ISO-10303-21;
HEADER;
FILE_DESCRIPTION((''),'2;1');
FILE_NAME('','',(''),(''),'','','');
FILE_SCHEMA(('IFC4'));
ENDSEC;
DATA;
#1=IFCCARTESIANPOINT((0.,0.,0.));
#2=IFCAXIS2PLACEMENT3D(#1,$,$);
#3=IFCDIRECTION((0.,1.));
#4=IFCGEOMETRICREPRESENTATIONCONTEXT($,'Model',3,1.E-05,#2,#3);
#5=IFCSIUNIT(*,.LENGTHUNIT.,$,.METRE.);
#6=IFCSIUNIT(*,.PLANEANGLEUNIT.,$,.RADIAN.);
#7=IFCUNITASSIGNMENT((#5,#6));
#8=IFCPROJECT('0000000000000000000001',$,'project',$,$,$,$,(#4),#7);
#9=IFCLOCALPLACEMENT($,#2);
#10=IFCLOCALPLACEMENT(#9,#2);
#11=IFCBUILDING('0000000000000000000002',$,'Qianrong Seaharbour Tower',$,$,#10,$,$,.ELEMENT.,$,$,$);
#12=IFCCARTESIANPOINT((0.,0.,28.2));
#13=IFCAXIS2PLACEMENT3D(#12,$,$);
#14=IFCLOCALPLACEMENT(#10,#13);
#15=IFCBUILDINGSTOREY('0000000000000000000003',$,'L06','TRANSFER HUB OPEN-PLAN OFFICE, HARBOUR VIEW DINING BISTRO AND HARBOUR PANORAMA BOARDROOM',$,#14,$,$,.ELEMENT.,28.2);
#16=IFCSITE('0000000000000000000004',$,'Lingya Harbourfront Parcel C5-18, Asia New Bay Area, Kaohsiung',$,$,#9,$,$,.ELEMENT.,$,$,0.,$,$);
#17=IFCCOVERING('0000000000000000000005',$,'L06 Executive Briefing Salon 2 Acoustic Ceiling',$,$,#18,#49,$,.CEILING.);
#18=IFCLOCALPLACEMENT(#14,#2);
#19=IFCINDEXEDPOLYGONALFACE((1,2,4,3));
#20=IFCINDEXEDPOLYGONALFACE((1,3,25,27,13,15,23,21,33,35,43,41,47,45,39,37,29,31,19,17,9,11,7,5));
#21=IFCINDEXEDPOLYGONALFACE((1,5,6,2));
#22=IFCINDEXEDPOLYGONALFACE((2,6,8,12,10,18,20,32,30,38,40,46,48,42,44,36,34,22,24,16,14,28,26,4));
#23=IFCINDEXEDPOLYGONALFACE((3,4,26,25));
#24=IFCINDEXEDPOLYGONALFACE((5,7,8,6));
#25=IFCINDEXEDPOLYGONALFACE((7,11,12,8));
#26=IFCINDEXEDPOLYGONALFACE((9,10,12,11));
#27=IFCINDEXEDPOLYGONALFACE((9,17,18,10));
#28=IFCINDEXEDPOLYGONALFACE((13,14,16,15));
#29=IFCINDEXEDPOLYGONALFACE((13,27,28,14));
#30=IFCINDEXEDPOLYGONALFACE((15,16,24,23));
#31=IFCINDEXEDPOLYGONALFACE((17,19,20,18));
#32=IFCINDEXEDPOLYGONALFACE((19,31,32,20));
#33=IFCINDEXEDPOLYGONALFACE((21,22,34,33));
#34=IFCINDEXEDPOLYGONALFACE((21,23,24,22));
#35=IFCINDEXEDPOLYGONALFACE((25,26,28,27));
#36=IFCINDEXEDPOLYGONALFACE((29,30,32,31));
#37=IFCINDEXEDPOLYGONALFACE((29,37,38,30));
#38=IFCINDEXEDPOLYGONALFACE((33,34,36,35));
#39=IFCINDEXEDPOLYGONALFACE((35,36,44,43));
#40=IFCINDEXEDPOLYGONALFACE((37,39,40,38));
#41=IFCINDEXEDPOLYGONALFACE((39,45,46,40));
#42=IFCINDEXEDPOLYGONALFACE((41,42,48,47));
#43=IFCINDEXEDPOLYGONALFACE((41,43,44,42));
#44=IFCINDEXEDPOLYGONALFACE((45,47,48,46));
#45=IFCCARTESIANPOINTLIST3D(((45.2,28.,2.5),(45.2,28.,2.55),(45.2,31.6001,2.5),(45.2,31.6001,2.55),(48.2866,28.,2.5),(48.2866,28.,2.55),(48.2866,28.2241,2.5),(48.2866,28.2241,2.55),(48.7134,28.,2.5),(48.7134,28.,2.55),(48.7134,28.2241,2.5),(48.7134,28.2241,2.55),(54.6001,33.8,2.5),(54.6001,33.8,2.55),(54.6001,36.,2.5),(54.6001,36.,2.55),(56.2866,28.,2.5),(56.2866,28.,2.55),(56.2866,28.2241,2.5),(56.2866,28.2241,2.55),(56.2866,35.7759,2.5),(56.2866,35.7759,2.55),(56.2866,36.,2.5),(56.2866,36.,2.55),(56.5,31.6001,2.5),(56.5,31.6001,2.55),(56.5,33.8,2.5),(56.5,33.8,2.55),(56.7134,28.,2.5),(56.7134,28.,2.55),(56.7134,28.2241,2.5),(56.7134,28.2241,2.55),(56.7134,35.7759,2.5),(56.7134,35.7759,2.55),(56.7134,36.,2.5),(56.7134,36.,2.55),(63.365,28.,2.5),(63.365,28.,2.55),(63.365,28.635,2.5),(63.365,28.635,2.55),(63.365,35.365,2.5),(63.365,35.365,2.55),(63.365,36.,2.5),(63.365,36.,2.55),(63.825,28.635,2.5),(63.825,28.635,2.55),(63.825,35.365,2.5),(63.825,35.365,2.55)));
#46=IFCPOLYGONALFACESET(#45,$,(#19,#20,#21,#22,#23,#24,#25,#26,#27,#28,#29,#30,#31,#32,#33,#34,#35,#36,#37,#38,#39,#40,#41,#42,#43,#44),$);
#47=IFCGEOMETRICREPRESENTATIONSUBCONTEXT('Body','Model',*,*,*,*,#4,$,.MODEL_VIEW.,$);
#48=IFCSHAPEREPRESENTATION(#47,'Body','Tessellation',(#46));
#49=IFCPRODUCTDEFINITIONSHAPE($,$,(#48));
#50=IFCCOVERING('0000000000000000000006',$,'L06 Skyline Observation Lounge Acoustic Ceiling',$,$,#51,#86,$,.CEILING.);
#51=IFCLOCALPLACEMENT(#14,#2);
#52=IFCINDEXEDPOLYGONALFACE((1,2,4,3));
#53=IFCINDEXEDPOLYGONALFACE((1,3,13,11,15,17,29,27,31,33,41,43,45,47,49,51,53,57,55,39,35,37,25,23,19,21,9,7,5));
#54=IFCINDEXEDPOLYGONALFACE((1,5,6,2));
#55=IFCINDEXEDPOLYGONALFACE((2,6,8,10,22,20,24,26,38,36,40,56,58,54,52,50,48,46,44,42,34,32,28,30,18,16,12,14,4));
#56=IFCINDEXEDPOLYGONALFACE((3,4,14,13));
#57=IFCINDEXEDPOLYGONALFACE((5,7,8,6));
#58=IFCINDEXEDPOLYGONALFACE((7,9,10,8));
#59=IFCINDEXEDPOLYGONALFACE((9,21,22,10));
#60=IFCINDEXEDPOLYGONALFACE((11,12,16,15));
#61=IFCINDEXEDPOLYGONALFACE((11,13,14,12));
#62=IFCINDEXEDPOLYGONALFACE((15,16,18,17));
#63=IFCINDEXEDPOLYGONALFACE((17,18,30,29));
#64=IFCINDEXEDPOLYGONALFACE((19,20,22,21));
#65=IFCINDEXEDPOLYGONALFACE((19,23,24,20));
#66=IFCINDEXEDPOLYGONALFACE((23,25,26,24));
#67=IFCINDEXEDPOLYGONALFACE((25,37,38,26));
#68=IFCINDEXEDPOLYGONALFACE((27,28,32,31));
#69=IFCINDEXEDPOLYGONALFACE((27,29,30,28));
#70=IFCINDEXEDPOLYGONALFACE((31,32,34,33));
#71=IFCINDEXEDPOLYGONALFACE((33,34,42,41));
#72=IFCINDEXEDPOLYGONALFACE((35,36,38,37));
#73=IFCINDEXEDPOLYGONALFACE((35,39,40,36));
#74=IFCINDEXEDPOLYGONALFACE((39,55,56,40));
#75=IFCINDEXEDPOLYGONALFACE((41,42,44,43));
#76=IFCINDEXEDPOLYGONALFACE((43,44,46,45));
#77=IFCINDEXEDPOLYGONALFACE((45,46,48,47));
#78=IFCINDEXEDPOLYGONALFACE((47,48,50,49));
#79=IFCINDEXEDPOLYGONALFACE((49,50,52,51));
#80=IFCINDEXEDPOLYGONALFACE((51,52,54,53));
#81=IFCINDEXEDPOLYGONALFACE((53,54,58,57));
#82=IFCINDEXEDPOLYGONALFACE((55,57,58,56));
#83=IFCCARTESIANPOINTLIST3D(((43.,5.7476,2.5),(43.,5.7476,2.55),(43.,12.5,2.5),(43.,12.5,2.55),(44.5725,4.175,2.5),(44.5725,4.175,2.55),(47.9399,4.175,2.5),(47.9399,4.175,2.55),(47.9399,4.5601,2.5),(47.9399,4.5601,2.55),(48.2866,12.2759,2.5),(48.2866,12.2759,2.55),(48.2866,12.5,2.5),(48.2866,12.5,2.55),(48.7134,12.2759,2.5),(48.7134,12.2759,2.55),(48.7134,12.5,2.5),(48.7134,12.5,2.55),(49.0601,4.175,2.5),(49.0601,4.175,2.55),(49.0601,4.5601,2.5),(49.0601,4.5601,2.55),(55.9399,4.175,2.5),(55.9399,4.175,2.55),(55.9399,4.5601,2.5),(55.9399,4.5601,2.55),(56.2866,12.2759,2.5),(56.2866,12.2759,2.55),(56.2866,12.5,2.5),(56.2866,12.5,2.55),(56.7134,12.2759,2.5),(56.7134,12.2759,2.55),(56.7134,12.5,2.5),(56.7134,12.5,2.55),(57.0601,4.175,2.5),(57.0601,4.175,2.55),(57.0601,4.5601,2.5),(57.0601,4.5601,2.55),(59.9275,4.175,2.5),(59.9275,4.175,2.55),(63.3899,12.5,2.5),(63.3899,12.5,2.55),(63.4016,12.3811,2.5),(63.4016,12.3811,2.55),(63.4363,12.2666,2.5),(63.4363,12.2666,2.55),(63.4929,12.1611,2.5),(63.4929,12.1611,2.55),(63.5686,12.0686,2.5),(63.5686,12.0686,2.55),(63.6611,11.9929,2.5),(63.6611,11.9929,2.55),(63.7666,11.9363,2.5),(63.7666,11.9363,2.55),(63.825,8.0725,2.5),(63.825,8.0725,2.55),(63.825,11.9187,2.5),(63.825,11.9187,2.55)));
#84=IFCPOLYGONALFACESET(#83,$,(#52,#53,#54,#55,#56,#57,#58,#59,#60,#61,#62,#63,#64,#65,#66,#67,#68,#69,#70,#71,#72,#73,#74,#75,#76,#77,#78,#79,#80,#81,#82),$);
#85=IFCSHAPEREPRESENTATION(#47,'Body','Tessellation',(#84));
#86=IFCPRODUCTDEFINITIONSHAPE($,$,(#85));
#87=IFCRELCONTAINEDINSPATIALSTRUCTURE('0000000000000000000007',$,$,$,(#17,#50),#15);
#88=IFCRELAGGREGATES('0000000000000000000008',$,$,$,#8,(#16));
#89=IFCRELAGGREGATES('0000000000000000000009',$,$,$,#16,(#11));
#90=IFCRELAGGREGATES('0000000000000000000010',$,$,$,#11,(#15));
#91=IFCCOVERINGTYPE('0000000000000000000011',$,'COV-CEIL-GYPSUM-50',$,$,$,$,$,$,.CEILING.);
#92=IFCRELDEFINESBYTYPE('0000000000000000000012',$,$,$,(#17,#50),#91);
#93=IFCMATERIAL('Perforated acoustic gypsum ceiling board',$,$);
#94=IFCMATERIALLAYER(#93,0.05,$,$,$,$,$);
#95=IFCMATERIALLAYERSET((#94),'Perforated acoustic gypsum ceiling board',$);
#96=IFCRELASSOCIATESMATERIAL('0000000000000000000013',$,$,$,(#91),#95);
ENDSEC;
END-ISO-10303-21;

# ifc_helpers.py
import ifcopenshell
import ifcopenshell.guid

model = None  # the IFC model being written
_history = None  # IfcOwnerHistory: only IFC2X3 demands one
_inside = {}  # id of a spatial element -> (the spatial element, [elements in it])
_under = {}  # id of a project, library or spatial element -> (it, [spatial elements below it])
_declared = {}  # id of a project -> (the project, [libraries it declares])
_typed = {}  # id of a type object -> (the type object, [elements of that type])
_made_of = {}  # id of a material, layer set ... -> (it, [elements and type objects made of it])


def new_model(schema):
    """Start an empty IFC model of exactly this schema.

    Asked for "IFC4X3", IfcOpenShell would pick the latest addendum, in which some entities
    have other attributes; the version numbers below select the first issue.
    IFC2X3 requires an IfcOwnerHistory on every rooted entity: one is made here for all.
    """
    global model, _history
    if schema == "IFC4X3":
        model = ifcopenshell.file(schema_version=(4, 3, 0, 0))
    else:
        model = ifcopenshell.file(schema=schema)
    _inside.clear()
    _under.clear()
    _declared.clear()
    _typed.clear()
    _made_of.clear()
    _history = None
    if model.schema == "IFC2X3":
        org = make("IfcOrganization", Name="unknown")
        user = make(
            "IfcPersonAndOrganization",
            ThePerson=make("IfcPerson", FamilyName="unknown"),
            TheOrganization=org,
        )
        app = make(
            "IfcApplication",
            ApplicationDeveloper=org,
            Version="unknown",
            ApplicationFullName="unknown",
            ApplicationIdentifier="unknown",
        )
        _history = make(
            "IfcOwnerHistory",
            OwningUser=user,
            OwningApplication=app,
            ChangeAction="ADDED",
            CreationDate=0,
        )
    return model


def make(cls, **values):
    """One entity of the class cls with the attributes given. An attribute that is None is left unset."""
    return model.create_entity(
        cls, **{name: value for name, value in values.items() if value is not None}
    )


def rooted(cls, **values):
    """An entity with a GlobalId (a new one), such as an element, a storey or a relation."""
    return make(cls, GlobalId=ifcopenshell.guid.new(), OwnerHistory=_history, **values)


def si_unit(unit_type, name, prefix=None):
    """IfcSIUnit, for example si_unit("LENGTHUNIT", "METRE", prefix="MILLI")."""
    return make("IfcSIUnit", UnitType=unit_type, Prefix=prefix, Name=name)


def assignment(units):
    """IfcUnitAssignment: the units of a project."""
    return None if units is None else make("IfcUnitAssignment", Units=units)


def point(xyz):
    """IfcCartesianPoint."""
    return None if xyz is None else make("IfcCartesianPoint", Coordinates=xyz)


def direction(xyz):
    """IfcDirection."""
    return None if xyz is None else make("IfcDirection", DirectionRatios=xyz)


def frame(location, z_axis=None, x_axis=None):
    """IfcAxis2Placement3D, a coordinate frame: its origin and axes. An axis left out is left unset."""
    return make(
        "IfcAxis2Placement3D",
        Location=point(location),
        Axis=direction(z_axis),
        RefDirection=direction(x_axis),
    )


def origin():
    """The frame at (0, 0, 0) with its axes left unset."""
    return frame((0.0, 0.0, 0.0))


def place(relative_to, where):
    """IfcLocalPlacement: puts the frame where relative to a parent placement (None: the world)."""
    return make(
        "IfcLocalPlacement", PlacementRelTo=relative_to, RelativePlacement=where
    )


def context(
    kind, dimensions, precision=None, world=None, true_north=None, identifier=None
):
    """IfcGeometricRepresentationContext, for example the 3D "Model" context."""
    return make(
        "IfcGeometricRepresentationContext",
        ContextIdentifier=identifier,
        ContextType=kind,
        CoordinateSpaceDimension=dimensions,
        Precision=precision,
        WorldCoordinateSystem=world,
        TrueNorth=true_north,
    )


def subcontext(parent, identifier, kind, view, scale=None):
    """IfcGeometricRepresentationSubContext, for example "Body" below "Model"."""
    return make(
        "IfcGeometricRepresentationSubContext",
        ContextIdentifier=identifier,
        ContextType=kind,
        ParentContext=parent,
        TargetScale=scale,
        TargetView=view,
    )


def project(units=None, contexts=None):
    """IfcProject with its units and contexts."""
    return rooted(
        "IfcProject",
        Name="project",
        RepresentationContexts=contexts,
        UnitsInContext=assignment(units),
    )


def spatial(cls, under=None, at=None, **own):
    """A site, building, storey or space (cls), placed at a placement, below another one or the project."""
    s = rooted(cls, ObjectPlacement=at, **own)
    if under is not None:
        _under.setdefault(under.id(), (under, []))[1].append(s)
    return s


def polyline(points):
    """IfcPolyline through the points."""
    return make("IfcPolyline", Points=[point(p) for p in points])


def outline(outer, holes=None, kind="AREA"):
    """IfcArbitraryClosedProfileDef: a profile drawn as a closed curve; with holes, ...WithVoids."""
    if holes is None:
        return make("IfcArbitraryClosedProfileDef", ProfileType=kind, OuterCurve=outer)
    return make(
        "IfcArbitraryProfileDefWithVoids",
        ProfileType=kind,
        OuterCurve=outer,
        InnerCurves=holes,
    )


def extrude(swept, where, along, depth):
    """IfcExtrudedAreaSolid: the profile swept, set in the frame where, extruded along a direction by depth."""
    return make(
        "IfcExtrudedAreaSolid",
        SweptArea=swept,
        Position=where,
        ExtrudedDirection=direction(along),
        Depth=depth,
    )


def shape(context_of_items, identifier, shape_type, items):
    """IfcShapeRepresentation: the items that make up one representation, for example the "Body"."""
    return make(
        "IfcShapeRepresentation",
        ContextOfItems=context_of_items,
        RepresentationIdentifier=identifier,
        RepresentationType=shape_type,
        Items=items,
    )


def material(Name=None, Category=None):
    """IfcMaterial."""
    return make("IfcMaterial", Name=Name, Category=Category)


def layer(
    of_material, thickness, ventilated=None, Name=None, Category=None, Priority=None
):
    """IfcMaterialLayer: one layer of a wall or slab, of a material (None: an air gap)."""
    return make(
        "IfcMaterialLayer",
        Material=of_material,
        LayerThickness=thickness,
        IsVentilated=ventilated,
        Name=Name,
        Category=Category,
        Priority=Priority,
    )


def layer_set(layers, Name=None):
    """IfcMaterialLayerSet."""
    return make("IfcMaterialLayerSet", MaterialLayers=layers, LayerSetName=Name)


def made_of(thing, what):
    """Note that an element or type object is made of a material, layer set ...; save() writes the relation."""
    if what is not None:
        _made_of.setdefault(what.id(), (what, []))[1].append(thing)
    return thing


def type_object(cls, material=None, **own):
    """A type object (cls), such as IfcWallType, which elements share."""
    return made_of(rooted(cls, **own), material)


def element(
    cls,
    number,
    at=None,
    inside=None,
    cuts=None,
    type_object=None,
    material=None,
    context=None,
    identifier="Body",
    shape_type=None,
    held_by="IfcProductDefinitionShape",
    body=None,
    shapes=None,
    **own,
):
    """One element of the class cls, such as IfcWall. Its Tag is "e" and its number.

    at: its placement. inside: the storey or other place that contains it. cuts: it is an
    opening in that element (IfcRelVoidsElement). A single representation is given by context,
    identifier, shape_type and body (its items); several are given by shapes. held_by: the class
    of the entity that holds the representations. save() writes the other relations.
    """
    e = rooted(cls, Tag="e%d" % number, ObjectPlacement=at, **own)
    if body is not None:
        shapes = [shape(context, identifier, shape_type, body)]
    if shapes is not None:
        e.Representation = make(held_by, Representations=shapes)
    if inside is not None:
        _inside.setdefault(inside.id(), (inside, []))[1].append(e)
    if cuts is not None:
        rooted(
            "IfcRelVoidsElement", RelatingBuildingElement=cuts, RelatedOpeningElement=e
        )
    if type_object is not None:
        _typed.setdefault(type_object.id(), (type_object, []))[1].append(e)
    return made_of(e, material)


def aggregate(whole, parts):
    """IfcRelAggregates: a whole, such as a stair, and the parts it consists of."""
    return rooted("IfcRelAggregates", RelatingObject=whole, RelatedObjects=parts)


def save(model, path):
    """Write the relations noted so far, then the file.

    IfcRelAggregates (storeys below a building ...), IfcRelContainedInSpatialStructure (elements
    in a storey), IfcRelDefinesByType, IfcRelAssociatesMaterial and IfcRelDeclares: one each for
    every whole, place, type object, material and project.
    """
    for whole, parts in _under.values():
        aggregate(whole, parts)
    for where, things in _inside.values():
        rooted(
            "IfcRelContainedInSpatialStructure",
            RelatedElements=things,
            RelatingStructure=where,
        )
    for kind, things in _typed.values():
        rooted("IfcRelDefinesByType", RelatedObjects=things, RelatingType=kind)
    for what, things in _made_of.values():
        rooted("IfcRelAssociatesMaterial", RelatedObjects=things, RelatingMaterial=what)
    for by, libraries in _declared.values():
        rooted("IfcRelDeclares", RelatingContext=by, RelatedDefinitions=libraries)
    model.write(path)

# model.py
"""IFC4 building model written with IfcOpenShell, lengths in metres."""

from ifc_helpers import new_model, si_unit, direction, frame, origin, place, context, subcontext, project, spatial, polyline, outline, extrude, material, layer, layer_set, type_object, element, save


model = new_model("IFC4")

# Units and contexts
model_context = context("Model", 3, precision=1e-05, world=origin(), true_north=direction((0.0, 1.0)))
body_context = subcontext(model_context, "Body", "Model", "MODEL_VIEW")
ifc_project = project(units=[si_unit("LENGTHUNIT", "METRE"), si_unit("PLANEANGLEUNIT", "RADIAN")], contexts=[model_context])

# Site, building, storey
site_placement = place(None, origin())
site = spatial("IfcSite", under=ifc_project, at=site_placement, Name="Lingya Harbourfront Parcel C5-18, Asia New Bay Area, Kaohsiung", CompositionType="ELEMENT", RefElevation=0.0)
building_placement = place(site_placement, origin())
building = spatial("IfcBuilding", under=site, at=building_placement, Name="Qianrong Seaharbour Tower", CompositionType="ELEMENT")
storey_placement = place(building_placement, frame((0.0, 0.0, 28.2)))
storey = spatial("IfcBuildingStorey", under=building, at=storey_placement, Name="L06", Description="TRANSFER HUB OPEN-PLAN OFFICE, HARBOUR VIEW DINING BISTRO AND HARBOUR PANORAMA BOARDROOM", CompositionType="ELEMENT", Elevation=28.2)

# Coverings
ifc_material_1 = material(Name="Perforated acoustic gypsum ceiling board")
ifc_layer_1 = layer(ifc_material_1, 0.05)
ifc_layer_set_1 = layer_set([ifc_layer_1], Name="Perforated acoustic gypsum ceiling board")
covering_type = type_object("IfcCoveringType", Name="COV-CEIL-GYPSUM-50", PredefinedType="CEILING", material=ifc_layer_set_1)
covering_1_placement = place(storey_placement, frame((0.0, 0.0, 2.5)))
element("IfcCovering", 1, at=covering_1_placement, inside=storey, type_object=covering_type, Name="L06 Executive Briefing Salon 2 Acoustic Ceiling", PredefinedType="CEILING", context=body_context, shape_type="SweptSolid", body=[
    extrude(outline(polyline([(56.5, 31.6001), (56.5, 33.8), (54.6001, 33.8), (54.6001, 36.0), (56.2866, 36.0), (56.2866, 35.7759), (56.7134, 35.7759), (56.7134, 36.0), (63.365, 36.0), (63.365, 35.365), (63.825, 35.365), (63.825, 28.635), (63.365, 28.635), (63.365, 28.0), (56.7134, 28.0), (56.7134, 28.2241), (56.2866, 28.2241), (56.2866, 28.0), (48.7134, 28.0), (48.7134, 28.2241), (48.2866, 28.2241), (48.2866, 28.0), (45.2, 28.0), (45.2, 31.6001), (56.5, 31.6001)])), origin(), (0.0, 0.0, 1.0), 0.05),
])
covering_2_placement = place(storey_placement, frame((0.0, 0.0, 2.5)))
element("IfcCovering", 2, at=covering_2_placement, inside=storey, type_object=covering_type, Name="L06 Skyline Observation Lounge Acoustic Ceiling", PredefinedType="CEILING", context=body_context, shape_type="SweptSolid", body=[
    extrude(outline(polyline([(63.825, 8.0725), (59.9275, 4.175), (57.0601, 4.175), (57.0601, 4.5601), (55.9399, 4.5601), (55.9399, 4.175), (49.0601, 4.175), (49.0601, 4.5601), (47.9399, 4.5601), (47.9399, 4.175), (44.5725, 4.175), (43.0, 5.7476), (43.0, 12.5), (48.2866, 12.5), (48.2866, 12.2759), (48.7134, 12.2759), (48.7134, 12.5), (56.2866, 12.5), (56.2866, 12.2759), (56.7134, 12.2759), (56.7134, 12.5), (63.3899, 12.5), (63.4016, 12.3811), (63.4363, 12.2666), (63.4929, 12.1611), (63.5686, 12.0686), (63.6611, 11.9929), (63.7666, 11.9363), (63.825, 11.9187), (63.825, 8.0725)])), origin(), (0.0, 0.0, 1.0), 0.05),
])

save(model, "model.ifc")
